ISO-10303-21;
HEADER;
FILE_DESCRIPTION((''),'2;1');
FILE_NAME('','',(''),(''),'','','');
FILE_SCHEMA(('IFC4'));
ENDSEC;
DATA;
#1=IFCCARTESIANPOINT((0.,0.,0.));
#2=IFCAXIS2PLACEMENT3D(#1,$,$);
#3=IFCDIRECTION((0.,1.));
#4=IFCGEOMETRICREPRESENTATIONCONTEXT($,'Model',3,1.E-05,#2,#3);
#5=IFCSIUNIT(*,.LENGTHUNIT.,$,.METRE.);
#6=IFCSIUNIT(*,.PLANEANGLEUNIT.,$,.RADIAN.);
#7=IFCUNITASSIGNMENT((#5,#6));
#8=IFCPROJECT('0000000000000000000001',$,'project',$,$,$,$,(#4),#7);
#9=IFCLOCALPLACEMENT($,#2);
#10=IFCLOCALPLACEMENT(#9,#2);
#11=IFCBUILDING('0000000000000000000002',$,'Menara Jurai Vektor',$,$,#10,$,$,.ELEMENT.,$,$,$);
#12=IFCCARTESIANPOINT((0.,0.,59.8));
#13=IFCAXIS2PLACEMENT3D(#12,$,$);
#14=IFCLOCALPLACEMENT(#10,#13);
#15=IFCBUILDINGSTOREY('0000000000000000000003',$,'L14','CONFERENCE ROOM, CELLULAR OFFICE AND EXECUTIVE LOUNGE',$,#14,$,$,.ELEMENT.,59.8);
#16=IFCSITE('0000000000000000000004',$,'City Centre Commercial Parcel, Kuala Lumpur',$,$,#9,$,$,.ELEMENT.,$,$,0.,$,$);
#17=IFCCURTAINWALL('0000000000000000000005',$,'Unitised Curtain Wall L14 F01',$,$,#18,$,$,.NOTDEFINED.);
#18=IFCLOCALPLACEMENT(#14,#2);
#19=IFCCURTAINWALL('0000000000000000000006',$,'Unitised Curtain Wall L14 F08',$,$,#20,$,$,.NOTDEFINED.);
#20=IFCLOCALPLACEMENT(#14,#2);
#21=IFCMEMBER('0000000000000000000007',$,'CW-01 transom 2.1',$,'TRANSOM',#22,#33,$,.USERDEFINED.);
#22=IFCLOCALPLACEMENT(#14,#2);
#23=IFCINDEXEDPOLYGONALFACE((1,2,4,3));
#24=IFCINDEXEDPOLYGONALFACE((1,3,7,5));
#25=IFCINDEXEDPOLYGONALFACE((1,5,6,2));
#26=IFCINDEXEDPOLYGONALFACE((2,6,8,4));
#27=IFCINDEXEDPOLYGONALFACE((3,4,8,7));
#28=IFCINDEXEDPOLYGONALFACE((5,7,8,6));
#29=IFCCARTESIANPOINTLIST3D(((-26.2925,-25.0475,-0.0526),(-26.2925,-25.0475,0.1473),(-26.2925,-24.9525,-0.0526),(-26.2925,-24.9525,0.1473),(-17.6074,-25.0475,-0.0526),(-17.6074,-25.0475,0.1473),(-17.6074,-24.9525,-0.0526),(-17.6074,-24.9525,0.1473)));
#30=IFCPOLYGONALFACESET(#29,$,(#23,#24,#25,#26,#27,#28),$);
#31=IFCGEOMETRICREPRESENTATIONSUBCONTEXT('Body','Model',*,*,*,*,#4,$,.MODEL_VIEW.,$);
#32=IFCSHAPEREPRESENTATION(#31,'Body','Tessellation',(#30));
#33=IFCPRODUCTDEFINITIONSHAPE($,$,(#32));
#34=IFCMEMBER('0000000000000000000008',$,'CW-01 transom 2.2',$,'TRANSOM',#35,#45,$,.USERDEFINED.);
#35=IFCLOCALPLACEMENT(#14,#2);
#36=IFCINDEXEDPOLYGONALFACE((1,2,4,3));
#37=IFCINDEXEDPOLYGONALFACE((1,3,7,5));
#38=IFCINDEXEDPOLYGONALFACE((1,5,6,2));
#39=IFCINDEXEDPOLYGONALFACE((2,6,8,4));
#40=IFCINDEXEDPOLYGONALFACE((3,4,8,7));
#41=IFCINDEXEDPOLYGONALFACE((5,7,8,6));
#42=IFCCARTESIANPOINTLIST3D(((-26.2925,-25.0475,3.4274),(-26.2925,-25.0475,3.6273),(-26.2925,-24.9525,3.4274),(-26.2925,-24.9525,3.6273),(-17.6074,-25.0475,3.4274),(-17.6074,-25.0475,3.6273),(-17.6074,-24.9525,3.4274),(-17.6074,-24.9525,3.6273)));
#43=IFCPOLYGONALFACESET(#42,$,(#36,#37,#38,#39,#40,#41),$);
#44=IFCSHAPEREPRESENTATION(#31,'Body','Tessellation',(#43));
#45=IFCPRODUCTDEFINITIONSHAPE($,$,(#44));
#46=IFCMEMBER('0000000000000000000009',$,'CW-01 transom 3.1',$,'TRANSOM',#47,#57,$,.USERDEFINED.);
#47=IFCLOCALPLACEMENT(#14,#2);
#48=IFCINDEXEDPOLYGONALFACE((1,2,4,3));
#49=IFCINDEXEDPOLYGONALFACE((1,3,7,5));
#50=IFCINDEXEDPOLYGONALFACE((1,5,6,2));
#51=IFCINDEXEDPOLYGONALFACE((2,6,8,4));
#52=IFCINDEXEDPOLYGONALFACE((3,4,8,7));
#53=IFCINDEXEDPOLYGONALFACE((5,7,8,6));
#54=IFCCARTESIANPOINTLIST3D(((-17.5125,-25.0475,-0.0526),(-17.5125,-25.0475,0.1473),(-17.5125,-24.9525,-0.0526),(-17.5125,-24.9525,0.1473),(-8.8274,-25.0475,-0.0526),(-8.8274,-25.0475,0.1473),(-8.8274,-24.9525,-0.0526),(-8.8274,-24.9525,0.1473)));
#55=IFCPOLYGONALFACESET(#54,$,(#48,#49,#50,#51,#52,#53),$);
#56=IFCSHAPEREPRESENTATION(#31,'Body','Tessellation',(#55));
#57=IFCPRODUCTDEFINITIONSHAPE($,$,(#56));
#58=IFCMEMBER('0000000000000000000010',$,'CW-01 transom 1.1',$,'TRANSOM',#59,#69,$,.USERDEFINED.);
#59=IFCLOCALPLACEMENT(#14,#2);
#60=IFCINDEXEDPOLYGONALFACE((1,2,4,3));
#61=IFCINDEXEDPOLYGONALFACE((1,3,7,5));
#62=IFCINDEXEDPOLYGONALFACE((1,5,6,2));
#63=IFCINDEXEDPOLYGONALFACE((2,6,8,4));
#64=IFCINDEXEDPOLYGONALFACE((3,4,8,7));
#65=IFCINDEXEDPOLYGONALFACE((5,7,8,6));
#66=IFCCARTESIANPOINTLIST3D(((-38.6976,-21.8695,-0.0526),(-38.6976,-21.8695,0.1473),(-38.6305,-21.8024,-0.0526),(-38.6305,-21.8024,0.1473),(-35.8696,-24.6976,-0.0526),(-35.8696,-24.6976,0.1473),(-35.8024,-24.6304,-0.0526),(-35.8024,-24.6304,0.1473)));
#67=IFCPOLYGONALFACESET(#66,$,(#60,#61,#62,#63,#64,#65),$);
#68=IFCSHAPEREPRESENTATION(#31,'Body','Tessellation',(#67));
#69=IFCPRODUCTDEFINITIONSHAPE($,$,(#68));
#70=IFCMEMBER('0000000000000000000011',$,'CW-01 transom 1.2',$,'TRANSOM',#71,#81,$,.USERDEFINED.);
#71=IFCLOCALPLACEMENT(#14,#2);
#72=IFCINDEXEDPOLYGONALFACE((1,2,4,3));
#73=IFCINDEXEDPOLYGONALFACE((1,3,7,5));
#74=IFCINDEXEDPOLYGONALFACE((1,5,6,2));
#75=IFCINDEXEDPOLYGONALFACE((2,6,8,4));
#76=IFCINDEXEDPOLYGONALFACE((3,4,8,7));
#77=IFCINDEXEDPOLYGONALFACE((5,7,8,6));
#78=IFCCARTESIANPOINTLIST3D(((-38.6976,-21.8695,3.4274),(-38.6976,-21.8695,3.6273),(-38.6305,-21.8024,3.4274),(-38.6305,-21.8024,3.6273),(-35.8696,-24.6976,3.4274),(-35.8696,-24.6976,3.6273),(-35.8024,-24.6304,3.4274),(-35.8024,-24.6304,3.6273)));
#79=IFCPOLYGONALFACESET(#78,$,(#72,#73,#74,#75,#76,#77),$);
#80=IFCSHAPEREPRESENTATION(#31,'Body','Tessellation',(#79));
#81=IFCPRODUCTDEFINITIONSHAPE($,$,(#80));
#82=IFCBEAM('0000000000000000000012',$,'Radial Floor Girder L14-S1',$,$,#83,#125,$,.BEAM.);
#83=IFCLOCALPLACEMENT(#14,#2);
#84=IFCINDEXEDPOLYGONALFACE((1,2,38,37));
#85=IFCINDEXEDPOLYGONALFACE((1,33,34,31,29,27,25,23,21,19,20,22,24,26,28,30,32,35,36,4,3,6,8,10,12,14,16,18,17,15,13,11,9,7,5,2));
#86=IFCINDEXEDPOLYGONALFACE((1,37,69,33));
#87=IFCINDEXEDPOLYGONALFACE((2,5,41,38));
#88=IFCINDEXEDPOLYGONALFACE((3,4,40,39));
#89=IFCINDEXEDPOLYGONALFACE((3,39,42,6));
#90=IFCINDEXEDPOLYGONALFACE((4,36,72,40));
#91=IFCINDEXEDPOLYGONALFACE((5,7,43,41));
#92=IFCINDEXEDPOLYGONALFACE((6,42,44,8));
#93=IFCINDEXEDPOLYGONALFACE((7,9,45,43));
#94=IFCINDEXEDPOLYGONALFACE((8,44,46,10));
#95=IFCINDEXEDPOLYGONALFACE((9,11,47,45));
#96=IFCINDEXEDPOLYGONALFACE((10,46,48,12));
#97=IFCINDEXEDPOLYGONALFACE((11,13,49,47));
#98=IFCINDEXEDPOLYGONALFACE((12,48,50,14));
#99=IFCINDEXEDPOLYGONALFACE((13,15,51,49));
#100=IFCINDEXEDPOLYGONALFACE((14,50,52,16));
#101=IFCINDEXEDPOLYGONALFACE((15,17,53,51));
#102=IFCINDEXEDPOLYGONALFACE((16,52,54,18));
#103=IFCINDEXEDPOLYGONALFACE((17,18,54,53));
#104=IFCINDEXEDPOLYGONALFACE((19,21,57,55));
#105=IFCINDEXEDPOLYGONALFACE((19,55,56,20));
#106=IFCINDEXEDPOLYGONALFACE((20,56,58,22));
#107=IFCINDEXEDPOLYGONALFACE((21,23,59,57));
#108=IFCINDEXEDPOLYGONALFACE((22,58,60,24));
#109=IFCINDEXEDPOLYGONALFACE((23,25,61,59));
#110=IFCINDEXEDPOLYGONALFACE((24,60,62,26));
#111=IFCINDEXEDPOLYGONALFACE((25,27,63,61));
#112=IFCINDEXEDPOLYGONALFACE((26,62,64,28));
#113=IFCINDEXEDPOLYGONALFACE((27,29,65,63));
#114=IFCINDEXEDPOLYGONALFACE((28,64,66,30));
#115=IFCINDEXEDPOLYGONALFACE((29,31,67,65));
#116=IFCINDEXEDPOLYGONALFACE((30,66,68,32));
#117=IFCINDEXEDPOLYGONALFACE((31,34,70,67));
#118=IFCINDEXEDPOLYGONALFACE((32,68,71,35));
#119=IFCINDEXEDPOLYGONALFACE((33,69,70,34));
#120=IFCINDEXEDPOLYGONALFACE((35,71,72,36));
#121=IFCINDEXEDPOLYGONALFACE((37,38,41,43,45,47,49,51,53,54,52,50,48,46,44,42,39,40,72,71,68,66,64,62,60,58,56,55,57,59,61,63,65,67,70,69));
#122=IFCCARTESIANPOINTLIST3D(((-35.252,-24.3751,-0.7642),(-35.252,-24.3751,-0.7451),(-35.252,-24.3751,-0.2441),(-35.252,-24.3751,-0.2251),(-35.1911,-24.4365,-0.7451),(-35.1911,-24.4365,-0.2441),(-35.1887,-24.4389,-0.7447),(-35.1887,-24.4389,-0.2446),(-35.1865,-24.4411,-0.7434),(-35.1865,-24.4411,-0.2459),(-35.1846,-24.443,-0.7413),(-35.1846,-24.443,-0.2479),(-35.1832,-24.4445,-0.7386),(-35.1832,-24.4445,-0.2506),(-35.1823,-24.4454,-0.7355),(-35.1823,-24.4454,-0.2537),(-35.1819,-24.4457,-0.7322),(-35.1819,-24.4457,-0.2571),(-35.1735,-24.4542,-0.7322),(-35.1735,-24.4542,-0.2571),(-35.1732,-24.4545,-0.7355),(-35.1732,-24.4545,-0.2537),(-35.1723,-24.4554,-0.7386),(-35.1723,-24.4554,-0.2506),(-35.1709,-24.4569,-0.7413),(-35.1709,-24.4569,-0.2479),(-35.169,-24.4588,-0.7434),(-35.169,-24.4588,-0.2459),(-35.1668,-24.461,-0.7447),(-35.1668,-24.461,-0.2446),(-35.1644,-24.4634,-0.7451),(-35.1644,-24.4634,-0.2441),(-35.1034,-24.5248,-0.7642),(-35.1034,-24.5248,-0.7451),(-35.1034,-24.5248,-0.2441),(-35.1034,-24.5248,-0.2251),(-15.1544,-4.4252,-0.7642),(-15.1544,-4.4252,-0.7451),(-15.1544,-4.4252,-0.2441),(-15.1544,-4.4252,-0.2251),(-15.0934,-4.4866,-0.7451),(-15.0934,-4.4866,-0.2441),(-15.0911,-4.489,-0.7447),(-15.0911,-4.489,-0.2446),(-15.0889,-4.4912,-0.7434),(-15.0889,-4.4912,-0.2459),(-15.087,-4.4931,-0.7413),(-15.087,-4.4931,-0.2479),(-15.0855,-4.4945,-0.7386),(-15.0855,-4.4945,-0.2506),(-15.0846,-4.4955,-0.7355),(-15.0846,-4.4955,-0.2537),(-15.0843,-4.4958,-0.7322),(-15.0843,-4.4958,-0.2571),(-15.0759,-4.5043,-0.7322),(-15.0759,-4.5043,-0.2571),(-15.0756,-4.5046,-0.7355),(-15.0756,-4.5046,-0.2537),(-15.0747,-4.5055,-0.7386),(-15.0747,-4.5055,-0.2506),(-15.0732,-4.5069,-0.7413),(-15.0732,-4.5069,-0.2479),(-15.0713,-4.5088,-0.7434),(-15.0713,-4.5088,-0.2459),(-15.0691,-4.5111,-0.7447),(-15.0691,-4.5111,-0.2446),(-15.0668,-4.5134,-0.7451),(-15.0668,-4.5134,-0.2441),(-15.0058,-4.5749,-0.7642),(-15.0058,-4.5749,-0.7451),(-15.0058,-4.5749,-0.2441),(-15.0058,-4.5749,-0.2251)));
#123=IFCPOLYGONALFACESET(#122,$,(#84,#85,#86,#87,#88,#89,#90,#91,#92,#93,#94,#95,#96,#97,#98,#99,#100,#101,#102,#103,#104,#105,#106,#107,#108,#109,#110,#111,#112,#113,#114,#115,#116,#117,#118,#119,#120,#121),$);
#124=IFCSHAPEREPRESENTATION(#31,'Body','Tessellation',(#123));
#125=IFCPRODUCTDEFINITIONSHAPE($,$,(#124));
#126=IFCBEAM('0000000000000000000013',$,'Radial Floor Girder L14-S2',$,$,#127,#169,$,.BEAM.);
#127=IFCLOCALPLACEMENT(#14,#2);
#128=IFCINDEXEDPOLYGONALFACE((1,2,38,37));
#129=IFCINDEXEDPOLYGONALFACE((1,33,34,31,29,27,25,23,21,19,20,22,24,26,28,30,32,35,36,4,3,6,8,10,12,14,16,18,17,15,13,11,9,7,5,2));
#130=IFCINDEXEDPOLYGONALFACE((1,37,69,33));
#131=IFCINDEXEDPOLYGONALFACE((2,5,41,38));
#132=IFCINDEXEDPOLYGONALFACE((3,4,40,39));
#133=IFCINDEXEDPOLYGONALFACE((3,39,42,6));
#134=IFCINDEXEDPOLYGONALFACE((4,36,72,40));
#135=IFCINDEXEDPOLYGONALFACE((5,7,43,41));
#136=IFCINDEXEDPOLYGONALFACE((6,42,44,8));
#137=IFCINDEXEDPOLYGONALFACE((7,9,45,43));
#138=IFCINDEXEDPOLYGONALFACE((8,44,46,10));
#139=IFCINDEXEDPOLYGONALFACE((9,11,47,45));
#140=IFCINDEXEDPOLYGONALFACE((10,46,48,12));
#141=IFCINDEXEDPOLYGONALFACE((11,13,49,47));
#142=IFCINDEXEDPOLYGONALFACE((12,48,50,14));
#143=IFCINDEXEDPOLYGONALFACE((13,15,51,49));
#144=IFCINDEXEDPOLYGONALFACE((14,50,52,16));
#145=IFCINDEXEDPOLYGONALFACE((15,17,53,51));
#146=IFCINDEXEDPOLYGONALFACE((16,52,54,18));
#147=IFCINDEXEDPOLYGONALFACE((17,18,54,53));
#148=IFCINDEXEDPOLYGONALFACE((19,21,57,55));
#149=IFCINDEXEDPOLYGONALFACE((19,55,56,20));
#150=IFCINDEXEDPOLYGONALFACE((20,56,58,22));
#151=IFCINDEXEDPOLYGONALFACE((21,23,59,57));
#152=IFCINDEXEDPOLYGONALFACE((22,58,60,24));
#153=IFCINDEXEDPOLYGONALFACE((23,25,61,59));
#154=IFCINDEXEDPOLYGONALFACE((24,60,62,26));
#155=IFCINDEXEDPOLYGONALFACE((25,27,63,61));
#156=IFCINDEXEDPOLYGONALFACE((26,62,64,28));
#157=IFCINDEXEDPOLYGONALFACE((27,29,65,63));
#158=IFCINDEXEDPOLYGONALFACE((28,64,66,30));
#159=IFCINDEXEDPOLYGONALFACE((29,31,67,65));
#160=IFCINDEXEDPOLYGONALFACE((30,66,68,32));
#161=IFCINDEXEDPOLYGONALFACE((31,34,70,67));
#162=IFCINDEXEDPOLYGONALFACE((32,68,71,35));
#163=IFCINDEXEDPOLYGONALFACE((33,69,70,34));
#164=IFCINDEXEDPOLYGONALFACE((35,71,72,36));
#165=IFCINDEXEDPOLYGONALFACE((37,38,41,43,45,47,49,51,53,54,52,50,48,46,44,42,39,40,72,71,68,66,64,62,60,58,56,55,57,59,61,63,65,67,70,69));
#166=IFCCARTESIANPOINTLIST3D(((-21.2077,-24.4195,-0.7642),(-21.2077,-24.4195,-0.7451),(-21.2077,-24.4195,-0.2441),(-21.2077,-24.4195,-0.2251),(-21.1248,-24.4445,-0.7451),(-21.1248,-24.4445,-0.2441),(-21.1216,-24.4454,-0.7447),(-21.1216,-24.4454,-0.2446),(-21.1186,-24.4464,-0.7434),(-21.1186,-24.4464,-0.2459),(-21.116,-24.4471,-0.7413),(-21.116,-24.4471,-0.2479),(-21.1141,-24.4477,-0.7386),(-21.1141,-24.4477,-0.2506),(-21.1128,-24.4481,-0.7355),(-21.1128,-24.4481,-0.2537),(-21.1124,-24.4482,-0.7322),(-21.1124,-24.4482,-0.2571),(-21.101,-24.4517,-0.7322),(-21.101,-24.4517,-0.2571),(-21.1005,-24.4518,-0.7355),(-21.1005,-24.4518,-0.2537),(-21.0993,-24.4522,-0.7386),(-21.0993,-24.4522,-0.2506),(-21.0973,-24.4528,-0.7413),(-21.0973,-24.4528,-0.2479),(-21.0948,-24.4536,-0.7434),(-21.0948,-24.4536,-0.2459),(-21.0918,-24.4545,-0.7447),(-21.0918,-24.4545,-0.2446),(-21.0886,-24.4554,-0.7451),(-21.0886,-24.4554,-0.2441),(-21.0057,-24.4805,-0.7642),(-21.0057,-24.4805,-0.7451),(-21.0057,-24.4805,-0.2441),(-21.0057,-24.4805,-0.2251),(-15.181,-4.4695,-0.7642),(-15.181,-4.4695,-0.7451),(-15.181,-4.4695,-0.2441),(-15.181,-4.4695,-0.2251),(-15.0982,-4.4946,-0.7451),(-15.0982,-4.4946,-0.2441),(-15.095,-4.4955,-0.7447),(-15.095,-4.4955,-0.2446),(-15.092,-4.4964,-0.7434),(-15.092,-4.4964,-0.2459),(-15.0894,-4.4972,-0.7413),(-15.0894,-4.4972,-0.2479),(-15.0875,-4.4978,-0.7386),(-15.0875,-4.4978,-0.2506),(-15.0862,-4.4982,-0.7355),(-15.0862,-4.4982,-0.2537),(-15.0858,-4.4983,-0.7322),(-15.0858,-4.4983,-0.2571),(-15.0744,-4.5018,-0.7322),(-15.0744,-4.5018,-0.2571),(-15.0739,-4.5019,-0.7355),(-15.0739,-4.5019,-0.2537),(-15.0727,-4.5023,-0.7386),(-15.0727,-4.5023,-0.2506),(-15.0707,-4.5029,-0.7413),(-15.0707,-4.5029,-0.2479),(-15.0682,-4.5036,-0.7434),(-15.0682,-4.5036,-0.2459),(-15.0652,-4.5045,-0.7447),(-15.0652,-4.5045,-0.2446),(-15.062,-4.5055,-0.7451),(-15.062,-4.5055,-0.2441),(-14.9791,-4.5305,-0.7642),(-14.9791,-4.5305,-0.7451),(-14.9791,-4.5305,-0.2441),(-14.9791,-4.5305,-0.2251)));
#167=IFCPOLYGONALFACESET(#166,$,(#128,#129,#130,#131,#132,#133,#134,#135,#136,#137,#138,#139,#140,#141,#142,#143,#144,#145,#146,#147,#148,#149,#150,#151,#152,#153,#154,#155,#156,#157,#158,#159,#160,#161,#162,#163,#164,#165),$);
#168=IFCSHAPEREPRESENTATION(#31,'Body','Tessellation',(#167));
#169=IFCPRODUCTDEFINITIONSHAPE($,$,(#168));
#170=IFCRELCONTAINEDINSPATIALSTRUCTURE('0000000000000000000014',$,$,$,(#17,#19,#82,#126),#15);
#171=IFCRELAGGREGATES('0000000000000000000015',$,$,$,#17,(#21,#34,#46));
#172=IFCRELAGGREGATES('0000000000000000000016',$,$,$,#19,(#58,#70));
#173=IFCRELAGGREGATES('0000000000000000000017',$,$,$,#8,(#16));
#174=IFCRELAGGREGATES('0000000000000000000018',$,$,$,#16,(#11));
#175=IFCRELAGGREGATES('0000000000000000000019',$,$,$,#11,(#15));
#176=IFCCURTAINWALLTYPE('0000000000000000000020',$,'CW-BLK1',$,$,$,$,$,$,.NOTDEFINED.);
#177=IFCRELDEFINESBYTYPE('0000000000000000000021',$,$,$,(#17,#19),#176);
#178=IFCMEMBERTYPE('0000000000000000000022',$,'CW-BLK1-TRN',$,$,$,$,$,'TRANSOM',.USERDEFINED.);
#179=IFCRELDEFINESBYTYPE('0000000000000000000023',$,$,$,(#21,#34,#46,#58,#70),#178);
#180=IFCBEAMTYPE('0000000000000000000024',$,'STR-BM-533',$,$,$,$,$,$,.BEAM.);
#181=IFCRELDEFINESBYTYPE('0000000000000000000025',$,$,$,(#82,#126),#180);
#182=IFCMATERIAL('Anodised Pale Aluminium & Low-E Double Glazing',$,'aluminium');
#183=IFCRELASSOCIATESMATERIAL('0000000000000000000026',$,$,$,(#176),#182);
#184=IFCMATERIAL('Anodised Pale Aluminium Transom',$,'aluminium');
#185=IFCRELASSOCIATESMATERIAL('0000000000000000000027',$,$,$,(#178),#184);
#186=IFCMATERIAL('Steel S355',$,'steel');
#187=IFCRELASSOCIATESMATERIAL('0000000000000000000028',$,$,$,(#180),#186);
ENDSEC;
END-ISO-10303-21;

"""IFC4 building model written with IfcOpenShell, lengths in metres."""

from ifc_helpers import new_model, si_unit, direction, frame, origin, origin_2d, place, context, subcontext, project, spatial, rectangle, i_section, extrude, material, material_profile, profile_set, type_object, element, aggregate, save


model = new_model("IFC4")

# Units and contexts
model_context = context("Model", 3, precision=1e-05, world=origin(), true_north=direction((0.0, 1.0)))
body_context = subcontext(model_context, "Body", "Model", "MODEL_VIEW")
ifc_project = project(units=[si_unit("LENGTHUNIT", "METRE"), si_unit("PLANEANGLEUNIT", "RADIAN")], contexts=[model_context])

# Site, building, storey
site_placement = place(None, origin())
site = spatial("IfcSite", under=ifc_project, at=site_placement, Name="City Centre Commercial Parcel, Kuala Lumpur", CompositionType="ELEMENT", RefElevation=0.0)
building_placement = place(site_placement, origin())
building = spatial("IfcBuilding", under=site, at=building_placement, Name="Menara Jurai Vektor", CompositionType="ELEMENT")
storey_placement = place(building_placement, frame((0.0, 0.0, 59.8)))
storey = spatial("IfcBuildingStorey", under=building, at=storey_placement, Name="L14", Description="CONFERENCE ROOM, CELLULAR OFFICE AND EXECUTIVE LOUNGE", CompositionType="ELEMENT", Elevation=59.8)

# Curtain walls
ifc_material_1 = material(Name="Anodised Pale Aluminium & Low-E Double Glazing", Category="aluminium")
curtain_wall_type = type_object("IfcCurtainWallType", Name="CW-BLK1", PredefinedType="NOTDEFINED", material=ifc_material_1)
curtain_wall_1_placement = place(storey_placement, origin())
curtain_wall_1 = element("IfcCurtainWall", 1, at=curtain_wall_1_placement, inside=storey, type_object=curtain_wall_type, Name="Unitised Curtain Wall L14 F01", PredefinedType="NOTDEFINED")
curtain_wall_2_placement = place(storey_placement, origin())
curtain_wall_2 = element("IfcCurtainWall", 2, at=curtain_wall_2_placement, inside=storey, type_object=curtain_wall_type, Name="Unitised Curtain Wall L14 F08", PredefinedType="NOTDEFINED")

# Members
ifc_material_2 = material(Name="Anodised Pale Aluminium Transom", Category="aluminium")
ifc_material_profile_1 = material_profile(ifc_material_2, rectangle(XDim=0.095, YDim=0.2, at=origin_2d()), Name="ALU TRN 95x200")
ifc_profile_set_1 = profile_set([ifc_material_profile_1], Name="Anodised Pale Aluminium Transom")
member_type_1 = type_object("IfcMemberType", Name="CW-BLK1-TRN", ElementType="TRANSOM", PredefinedType="USERDEFINED", material=ifc_profile_set_1)
member_1_placement = place(storey_placement, frame((-26.2925, -25.0, 0.0474), z_axis=(1.0, 0.0, 0.0), x_axis=(0.0, 1.0, 0.0)))
member_1 = element("IfcMember", 3, at=member_1_placement, type_object=member_type_1, Name="CW-01 transom 2.1", ObjectType="TRANSOM", PredefinedType="USERDEFINED", context=body_context, shape_type="SweptSolid", body=[
    extrude(rectangle(XDim=0.095, YDim=0.2, at=origin_2d()), origin(), (0.0, 0.0, 1.0), 8.6851),
])
member_2_placement = place(storey_placement, frame((-26.2925, -25.0, 3.5273), z_axis=(1.0, 0.0, 0.0), x_axis=(0.0, 1.0, 0.0)))
member_2 = element("IfcMember", 4, at=member_2_placement, type_object=member_type_1, Name="CW-01 transom 2.2", ObjectType="TRANSOM", PredefinedType="USERDEFINED", context=body_context, shape_type="SweptSolid", body=[
    extrude(rectangle(XDim=0.095, YDim=0.2, at=origin_2d()), origin(), (0.0, 0.0, 1.0), 8.6851),
])
member_3_placement = place(storey_placement, frame((-17.5125, -25.0, 0.0474), z_axis=(1.0, 0.0, 0.0), x_axis=(0.0, 1.0, 0.0)))
member_3 = element("IfcMember", 5, at=member_3_placement, type_object=member_type_1, Name="CW-01 transom 3.1", ObjectType="TRANSOM", PredefinedType="USERDEFINED", context=body_context, shape_type="SweptSolid", body=[
    extrude(rectangle(XDim=0.095, YDim=0.2, at=origin_2d()), origin(), (0.0, 0.0, 1.0), 8.6851),
])
member_4_placement = place(storey_placement, frame((-38.6641, -21.8359, 0.0474), z_axis=(0.707107, -0.707107, 0.0), x_axis=(0.707107, 0.707107, 0.0)))
member_4 = element("IfcMember", 6, at=member_4_placement, type_object=member_type_1, Name="CW-01 transom 1.1", ObjectType="TRANSOM", PredefinedType="USERDEFINED", context=body_context, shape_type="SweptSolid", body=[
    extrude(rectangle(XDim=0.095, YDim=0.2, at=origin_2d()), origin(), (0.0, 0.0, 1.0), 3.9995),
])
member_5_placement = place(storey_placement, frame((-38.6641, -21.8359, 3.5273), z_axis=(0.707107, -0.707107, 0.0), x_axis=(0.707107, 0.707107, 0.0)))
member_5 = element("IfcMember", 7, at=member_5_placement, type_object=member_type_1, Name="CW-01 transom 1.2", ObjectType="TRANSOM", PredefinedType="USERDEFINED", context=body_context, shape_type="SweptSolid", body=[
    extrude(rectangle(XDim=0.095, YDim=0.2, at=origin_2d()), origin(), (0.0, 0.0, 1.0), 3.9995),
])

# Beams
ifc_material_3 = material(Name="Steel S355", Category="steel")
ifc_material_profile_2 = material_profile(ifc_material_3, i_section(OverallWidth=0.2109, OverallDepth=0.5391, WebThickness=0.012, FlangeThickness=0.019, FilletRadius=0.0129, at=origin_2d()), Name="UKB 533x210x109")
ifc_profile_set_2 = profile_set([ifc_material_profile_2], Name="Steel S355")
beam_type_1 = type_object("IfcBeamType", Name="STR-BM-533", PredefinedType="BEAM", material=ifc_profile_set_2)
beam_1_placement = place(storey_placement, frame((-35.1777, -24.45, -0.4946), z_axis=(0.70971, 0.704494, 0.0), x_axis=(-0.704494, 0.70971, 0.0)))
element("IfcBeam", 8, at=beam_1_placement, inside=storey, type_object=beam_type_1, Name="Radial Floor Girder L14-S1", PredefinedType="BEAM", context=body_context, shape_type="SweptSolid", body=[
    extrude(i_section(OverallWidth=0.2109, OverallDepth=0.5391, WebThickness=0.012, FlangeThickness=0.019, FilletRadius=0.0129, at=origin_2d()), origin(), (0.0, 0.0, 1.0), 28.3181),
])
beam_2_placement = place(storey_placement, frame((-21.1067, -24.45, -0.4946), z_axis=(0.28918, 0.957275, 0.0), x_axis=(-0.957275, 0.28918, 0.0)))
element("IfcBeam", 9, at=beam_2_placement, inside=storey, type_object=beam_type_1, Name="Radial Floor Girder L14-S2", PredefinedType="BEAM", context=body_context, shape_type="SweptSolid", body=[
    extrude(i_section(OverallWidth=0.2109, OverallDepth=0.5391, WebThickness=0.012, FlangeThickness=0.019, FilletRadius=0.0129, at=origin_2d()), origin(), (0.0, 0.0, 1.0), 20.8403),
])

aggregate(curtain_wall_1, [member_1, member_2, member_3])
aggregate(curtain_wall_2, [member_4, member_5])

save(model, "model.ifc")
